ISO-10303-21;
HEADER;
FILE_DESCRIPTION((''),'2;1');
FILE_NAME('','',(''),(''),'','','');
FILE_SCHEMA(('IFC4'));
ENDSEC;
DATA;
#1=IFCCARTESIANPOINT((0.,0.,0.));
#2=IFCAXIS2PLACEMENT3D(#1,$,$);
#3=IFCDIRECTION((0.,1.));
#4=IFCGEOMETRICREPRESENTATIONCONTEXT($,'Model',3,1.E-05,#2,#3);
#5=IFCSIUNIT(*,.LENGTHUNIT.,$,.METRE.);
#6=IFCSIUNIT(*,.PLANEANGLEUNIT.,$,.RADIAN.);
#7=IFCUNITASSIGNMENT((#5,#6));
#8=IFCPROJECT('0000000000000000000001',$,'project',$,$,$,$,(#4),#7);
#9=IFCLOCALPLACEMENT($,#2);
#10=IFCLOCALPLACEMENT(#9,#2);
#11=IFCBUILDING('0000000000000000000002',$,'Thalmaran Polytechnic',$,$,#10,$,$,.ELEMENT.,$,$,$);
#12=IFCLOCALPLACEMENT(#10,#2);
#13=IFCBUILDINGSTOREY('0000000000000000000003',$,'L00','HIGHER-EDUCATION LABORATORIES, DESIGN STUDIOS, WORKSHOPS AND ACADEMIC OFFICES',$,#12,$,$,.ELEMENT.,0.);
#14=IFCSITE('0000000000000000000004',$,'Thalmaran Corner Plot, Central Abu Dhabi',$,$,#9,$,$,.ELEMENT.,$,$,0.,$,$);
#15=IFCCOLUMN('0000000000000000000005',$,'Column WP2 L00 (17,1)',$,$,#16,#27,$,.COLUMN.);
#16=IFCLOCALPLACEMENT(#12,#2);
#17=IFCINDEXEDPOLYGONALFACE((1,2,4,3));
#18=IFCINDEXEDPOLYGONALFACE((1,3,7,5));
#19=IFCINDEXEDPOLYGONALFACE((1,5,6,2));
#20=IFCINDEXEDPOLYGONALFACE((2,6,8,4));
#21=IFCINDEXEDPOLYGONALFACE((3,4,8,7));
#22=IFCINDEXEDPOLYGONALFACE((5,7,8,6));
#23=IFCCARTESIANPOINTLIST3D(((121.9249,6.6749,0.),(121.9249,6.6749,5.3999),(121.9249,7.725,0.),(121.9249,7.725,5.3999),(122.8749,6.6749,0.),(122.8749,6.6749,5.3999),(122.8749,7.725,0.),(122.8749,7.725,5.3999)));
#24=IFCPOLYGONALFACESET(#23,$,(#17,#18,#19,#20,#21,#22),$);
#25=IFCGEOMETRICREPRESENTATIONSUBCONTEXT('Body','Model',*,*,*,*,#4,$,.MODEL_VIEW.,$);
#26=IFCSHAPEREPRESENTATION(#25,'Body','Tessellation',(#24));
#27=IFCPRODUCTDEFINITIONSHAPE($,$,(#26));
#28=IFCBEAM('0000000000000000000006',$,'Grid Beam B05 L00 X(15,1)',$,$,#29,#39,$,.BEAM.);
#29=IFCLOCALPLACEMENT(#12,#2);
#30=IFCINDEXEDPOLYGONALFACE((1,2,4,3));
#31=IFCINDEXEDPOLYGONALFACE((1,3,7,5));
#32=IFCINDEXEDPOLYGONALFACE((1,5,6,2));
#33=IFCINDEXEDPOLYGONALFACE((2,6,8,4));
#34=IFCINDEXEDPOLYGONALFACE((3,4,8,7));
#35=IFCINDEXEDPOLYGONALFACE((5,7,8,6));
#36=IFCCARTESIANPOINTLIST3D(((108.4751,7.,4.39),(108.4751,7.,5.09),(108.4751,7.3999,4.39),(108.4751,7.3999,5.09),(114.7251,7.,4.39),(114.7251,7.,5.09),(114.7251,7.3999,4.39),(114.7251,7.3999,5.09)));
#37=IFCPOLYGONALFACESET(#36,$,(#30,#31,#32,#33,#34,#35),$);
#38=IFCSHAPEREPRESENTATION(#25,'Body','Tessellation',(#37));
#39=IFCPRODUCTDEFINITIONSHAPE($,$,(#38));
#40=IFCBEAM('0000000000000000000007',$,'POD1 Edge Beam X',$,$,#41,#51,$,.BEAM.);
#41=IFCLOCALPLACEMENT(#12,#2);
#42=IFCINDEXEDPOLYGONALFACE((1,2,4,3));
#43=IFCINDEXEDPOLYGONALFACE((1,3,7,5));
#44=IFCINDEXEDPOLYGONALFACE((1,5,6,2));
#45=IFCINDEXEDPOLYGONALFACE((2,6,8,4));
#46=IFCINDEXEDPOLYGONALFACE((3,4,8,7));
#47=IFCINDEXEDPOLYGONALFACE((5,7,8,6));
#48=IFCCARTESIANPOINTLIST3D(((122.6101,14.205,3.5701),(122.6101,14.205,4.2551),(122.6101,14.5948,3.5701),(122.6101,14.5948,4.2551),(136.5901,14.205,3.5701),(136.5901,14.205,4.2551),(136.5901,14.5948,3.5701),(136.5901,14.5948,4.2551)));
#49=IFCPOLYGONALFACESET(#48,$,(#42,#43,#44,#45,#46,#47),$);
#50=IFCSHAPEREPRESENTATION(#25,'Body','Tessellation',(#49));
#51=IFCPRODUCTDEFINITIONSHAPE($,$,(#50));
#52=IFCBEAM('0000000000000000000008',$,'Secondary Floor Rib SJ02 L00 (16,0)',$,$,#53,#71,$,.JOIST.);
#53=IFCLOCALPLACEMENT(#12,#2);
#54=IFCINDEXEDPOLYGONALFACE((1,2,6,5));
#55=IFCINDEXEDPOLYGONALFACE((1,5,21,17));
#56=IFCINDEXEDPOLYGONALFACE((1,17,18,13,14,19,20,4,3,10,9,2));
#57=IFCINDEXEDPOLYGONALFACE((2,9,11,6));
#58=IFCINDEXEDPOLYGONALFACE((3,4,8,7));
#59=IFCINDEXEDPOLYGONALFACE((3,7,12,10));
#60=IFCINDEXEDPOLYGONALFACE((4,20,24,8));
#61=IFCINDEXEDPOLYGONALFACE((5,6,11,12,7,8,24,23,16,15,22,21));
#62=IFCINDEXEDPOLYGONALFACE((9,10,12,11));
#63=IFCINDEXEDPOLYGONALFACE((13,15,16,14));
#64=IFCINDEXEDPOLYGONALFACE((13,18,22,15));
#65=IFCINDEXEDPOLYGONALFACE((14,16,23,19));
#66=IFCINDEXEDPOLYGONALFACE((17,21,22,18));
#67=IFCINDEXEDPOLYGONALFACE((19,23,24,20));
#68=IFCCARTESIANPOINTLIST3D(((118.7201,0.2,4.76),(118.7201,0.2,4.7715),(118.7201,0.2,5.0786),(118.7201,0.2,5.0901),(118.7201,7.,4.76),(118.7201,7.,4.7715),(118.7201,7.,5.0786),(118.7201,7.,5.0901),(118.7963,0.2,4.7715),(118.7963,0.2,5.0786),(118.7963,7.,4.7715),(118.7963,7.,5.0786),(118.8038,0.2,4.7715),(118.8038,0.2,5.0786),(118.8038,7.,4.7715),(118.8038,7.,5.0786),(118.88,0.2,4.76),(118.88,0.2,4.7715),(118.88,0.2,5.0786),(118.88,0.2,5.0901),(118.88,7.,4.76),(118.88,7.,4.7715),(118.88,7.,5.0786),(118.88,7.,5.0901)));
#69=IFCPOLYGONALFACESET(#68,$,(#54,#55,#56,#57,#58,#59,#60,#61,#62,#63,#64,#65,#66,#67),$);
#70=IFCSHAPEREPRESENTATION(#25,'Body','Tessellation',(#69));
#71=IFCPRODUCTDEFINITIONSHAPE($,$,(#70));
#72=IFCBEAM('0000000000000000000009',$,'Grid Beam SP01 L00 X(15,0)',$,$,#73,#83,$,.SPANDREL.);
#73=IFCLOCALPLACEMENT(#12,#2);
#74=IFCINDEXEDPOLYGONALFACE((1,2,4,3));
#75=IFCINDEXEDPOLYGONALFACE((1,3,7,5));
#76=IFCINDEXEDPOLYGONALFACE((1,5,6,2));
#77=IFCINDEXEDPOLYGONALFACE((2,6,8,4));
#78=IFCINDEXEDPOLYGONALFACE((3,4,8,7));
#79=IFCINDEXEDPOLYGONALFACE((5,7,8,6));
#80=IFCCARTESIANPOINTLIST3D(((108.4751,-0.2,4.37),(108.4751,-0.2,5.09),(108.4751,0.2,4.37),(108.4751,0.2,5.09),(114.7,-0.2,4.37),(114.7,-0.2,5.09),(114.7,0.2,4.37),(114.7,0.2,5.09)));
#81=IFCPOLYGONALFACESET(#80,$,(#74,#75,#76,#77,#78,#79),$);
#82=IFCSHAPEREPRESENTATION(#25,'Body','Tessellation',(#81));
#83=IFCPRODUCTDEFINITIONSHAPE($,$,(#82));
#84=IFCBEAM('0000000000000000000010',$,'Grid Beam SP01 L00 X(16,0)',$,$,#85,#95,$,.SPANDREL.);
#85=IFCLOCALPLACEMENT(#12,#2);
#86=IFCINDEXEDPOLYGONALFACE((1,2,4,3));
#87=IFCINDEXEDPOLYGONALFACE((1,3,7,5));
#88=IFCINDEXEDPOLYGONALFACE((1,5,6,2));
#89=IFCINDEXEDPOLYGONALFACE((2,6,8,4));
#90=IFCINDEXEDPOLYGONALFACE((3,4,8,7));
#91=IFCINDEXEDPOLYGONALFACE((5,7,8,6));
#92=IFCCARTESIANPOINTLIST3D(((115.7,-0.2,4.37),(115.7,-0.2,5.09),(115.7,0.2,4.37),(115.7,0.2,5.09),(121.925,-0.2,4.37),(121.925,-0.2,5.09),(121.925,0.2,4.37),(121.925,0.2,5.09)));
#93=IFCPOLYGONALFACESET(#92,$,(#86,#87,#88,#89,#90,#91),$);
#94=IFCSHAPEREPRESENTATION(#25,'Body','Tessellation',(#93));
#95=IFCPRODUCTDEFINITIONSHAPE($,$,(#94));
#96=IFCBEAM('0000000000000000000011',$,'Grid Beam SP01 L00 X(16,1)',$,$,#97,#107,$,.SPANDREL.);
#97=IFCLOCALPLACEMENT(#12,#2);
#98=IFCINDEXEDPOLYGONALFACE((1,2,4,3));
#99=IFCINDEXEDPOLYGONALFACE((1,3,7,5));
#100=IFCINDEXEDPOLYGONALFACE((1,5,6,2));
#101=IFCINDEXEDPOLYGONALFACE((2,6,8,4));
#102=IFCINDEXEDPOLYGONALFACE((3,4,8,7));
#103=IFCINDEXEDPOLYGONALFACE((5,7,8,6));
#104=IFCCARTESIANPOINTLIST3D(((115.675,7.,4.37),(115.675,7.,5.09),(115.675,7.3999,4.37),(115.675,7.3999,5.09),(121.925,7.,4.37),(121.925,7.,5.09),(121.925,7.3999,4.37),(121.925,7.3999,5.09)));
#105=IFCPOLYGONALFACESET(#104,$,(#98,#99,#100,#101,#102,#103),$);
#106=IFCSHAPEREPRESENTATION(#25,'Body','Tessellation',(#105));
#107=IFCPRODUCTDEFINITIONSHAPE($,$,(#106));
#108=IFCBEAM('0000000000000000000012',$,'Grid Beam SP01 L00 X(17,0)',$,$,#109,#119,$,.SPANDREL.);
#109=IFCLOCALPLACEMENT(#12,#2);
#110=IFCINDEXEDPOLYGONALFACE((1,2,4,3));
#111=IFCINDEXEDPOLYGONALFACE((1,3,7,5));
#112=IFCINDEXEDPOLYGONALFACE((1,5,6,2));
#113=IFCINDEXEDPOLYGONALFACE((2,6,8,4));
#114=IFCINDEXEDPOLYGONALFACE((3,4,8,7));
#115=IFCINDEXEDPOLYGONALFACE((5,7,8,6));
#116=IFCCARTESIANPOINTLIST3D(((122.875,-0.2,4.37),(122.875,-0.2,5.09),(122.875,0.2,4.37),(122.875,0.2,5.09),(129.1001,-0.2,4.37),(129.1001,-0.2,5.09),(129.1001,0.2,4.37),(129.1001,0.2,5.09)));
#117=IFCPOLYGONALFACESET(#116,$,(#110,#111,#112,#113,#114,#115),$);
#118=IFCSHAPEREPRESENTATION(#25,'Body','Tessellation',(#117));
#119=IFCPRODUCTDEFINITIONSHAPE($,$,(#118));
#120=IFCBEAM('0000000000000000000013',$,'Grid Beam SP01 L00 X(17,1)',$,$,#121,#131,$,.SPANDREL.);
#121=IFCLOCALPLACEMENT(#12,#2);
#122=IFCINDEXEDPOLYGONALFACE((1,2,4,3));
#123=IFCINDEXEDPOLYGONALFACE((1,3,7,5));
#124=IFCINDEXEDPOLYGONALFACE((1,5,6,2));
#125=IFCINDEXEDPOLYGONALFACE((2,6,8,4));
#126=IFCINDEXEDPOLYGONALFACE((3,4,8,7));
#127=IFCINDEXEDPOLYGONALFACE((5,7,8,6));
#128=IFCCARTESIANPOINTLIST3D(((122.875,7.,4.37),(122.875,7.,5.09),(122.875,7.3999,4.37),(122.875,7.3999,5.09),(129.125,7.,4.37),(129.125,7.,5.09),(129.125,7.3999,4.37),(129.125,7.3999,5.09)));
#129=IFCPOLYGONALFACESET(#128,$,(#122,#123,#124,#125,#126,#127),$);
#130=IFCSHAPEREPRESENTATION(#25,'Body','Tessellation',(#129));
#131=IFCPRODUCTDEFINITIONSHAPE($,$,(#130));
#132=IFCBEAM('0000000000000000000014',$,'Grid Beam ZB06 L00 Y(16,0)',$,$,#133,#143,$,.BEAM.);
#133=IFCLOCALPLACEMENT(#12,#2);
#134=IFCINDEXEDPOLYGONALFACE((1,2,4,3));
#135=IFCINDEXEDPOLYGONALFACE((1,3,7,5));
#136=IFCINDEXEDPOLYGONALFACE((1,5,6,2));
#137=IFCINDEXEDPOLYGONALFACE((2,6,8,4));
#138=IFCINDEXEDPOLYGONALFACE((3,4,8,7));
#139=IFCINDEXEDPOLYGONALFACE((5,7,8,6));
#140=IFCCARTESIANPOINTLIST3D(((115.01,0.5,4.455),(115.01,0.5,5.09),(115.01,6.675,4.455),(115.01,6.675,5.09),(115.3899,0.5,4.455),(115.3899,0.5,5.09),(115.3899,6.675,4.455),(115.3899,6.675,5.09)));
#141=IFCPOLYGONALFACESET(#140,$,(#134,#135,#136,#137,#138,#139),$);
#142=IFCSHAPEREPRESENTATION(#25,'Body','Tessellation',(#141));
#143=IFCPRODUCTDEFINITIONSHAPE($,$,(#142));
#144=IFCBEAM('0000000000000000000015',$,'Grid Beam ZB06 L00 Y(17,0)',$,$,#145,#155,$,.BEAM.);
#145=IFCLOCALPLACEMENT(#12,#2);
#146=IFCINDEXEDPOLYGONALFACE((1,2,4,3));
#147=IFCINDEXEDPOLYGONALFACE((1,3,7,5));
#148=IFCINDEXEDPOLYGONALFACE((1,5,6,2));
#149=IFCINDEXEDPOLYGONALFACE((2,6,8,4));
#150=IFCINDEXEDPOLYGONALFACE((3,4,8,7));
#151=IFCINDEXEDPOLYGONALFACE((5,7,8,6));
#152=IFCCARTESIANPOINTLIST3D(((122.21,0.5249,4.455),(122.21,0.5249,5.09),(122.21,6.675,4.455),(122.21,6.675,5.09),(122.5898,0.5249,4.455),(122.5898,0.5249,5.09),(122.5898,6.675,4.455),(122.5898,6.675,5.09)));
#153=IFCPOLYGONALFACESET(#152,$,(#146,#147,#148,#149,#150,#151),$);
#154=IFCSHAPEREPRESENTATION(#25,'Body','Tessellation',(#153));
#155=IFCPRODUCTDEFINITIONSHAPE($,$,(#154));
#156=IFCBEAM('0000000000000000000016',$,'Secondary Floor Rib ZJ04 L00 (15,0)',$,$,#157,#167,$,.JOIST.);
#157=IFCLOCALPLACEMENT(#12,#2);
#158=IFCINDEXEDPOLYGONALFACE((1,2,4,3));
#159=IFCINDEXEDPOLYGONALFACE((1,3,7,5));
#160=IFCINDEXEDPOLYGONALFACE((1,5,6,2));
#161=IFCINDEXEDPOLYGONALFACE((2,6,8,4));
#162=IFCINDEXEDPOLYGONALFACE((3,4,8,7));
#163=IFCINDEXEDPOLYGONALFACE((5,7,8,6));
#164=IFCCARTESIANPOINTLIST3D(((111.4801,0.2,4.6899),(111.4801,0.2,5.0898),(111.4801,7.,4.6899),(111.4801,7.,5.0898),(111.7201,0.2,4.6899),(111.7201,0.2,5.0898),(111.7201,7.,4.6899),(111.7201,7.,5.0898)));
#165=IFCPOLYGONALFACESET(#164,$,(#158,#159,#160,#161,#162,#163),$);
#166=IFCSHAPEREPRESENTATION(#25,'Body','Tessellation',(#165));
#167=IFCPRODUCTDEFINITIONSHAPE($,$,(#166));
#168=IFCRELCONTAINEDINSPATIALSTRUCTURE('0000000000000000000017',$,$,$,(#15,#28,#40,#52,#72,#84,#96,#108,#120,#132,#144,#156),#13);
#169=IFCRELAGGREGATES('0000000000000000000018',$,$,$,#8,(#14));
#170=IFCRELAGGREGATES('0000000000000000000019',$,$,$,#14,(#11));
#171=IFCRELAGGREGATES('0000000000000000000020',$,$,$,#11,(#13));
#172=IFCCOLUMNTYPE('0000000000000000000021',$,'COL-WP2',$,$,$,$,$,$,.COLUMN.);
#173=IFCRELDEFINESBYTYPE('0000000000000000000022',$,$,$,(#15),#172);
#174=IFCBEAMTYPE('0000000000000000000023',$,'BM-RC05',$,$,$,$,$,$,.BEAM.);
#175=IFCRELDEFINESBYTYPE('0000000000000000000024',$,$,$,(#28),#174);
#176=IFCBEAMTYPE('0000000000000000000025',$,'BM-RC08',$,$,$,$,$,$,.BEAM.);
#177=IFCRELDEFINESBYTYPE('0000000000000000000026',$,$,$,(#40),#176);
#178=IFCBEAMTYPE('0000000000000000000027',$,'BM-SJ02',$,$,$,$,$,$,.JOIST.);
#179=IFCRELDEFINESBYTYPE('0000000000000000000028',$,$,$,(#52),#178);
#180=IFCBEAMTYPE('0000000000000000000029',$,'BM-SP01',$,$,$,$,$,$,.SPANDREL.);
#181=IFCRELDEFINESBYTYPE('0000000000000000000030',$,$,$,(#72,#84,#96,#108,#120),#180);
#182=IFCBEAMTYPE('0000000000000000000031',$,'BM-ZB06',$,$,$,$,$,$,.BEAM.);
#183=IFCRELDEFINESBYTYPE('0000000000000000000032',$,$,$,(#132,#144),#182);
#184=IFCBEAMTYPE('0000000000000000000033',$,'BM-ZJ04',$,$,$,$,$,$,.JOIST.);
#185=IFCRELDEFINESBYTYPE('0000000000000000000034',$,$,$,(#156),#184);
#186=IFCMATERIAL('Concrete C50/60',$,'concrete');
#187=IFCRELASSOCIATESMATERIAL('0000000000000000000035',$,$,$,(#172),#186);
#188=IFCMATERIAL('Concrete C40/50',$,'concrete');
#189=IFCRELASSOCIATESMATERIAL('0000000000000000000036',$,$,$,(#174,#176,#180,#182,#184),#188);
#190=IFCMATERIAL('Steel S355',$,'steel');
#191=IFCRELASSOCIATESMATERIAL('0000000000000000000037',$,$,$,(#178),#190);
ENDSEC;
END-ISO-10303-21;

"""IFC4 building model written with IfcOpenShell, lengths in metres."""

from ifc_helpers import new_model, si_unit, direction, frame, origin, origin_2d, place, context, subcontext, project, spatial, rectangle, i_section, extrude, material, material_profile, profile_set, type_object, element, save


model = new_model("IFC4")

# Units and contexts
model_context = context("Model", 3, precision=1e-05, world=origin(), true_north=direction((0.0, 1.0)))
body_context = subcontext(model_context, "Body", "Model", "MODEL_VIEW")
ifc_project = project(units=[si_unit("LENGTHUNIT", "METRE"), si_unit("PLANEANGLEUNIT", "RADIAN")], contexts=[model_context])

# Site, building, storey
site_placement = place(None, origin())
site = spatial("IfcSite", under=ifc_project, at=site_placement, Name="Thalmaran Corner Plot, Central Abu Dhabi", CompositionType="ELEMENT", RefElevation=0.0)
building_placement = place(site_placement, origin())
building = spatial("IfcBuilding", under=site, at=building_placement, Name="Thalmaran Polytechnic", CompositionType="ELEMENT")
storey_placement = place(building_placement, origin())
storey = spatial("IfcBuildingStorey", under=building, at=storey_placement, Name="L00", Description="HIGHER-EDUCATION LABORATORIES, DESIGN STUDIOS, WORKSHOPS AND ACADEMIC OFFICES", CompositionType="ELEMENT", Elevation=0.0)

# Shared definitions
ifc_material_1 = material(Name="Concrete C40/50", Category="concrete")

# Column
ifc_material_2 = material(Name="Steel S355", Category="steel")
ifc_material_3 = material(Name="Concrete C50/60", Category="concrete")
ifc_material_profile_1 = material_profile(ifc_material_3, rectangle(XDim=0.95, YDim=1.05, at=origin_2d()), Name="RC 950x1050")
ifc_profile_set_1 = profile_set([ifc_material_profile_1], Name="Concrete C50/60")
column_type_1 = type_object("IfcColumnType", Name="COL-WP2", PredefinedType="COLUMN", material=ifc_profile_set_1)
for number, where, z_axis, x_axis, name in (
    (1, (122.3999, 7.2, 0.0), (0.0, 0.0, 1.0), (1.0, 0.0, 0.0), "Column WP2 L00 (17,1)"),
):
    element("IfcColumn", number, at=place(storey_placement, frame(where, z_axis=z_axis, x_axis=x_axis)), inside=storey, type_object=column_type_1, Name=name, PredefinedType="COLUMN", context=body_context, shape_type="SweptSolid", body=[
        extrude(rectangle(XDim=0.95, YDim=1.05, at=origin_2d()), origin(), (0.0, 0.0, 1.0), 5.3999),
    ])

# Beams
ifc_material_profile_2 = material_profile(ifc_material_1, rectangle(XDim=0.3999, YDim=0.7, at=origin_2d()), Name="RC 400x700")
ifc_profile_set_2 = profile_set([ifc_material_profile_2], Name="Concrete C40/50")
beam_type_1 = type_object("IfcBeamType", Name="BM-RC05", PredefinedType="BEAM", material=ifc_profile_set_2)
beam_1_placement = place(storey_placement, frame((108.4751, 7.2, 4.74), z_axis=(1.0, 0.0, 0.0), x_axis=(0.0, 1.0, 0.0)))
element("IfcBeam", 2, at=beam_1_placement, inside=storey, type_object=beam_type_1, Name="Grid Beam B05 L00 X(15,1)", PredefinedType="BEAM", context=body_context, shape_type="SweptSolid", body=[
    extrude(rectangle(XDim=0.3999, YDim=0.7, at=origin_2d()), origin(), (0.0, 0.0, 1.0), 6.25),
])
ifc_material_profile_3 = material_profile(ifc_material_1, rectangle(XDim=0.3899, YDim=0.6851, at=origin_2d()), Name="RC 390x685")
ifc_profile_set_3 = profile_set([ifc_material_profile_3], Name="Concrete C40/50")
beam_type_2 = type_object("IfcBeamType", Name="BM-RC08", PredefinedType="BEAM", material=ifc_profile_set_3)
beam_2_placement = place(storey_placement, frame((122.6101, 14.3999, 3.9126), z_axis=(1.0, 0.0, 0.0), x_axis=(0.0, 1.0, 0.0)))
element("IfcBeam", 3, at=beam_2_placement, inside=storey, type_object=beam_type_2, Name="POD1 Edge Beam X", PredefinedType="BEAM", context=body_context, shape_type="SweptSolid", body=[
    extrude(rectangle(XDim=0.3899, YDim=0.6851, at=origin_2d()), origin(), (0.0, 0.0, 1.0), 13.98),
])
ifc_material_profile_4 = material_profile(ifc_material_2, i_section(OverallWidth=0.1599, OverallDepth=0.3301, WebThickness=0.0076, FlangeThickness=0.0115, at=origin_2d()), Name="IPE 330")
ifc_profile_set_4 = profile_set([ifc_material_profile_4], Name="Steel S355")
beam_type_3 = type_object("IfcBeamType", Name="BM-SJ02", PredefinedType="JOIST", material=ifc_profile_set_4)
beam_3_placement = place(storey_placement, frame((118.8, 0.2, 4.925), z_axis=(0.0, 1.0, 0.0), x_axis=(-1.0, 0.0, 0.0)))
element("IfcBeam", 4, at=beam_3_placement, inside=storey, type_object=beam_type_3, Name="Secondary Floor Rib SJ02 L00 (16,0)", PredefinedType="JOIST", context=body_context, shape_type="SweptSolid", body=[
    extrude(i_section(OverallWidth=0.1599, OverallDepth=0.3301, WebThickness=0.0076, FlangeThickness=0.0115, at=origin_2d()), origin(), (0.0, 0.0, 1.0), 6.8),
])
ifc_material_profile_5 = material_profile(ifc_material_1, rectangle(XDim=0.3999, YDim=0.72, at=origin_2d()), Name="RC 400x720")
ifc_profile_set_5 = profile_set([ifc_material_profile_5], Name="Concrete C40/50")
beam_type_4 = type_object("IfcBeamType", Name="BM-SP01", PredefinedType="SPANDREL", material=ifc_profile_set_5)
beam_4_placement = place(storey_placement, frame((108.4751, 0.0, 4.73), z_axis=(1.0, 0.0, 0.0), x_axis=(0.0, 1.0, 0.0)))
element("IfcBeam", 5, at=beam_4_placement, inside=storey, type_object=beam_type_4, Name="Grid Beam SP01 L00 X(15,0)", PredefinedType="SPANDREL", context=body_context, shape_type="SweptSolid", body=[
    extrude(rectangle(XDim=0.3999, YDim=0.72, at=origin_2d()), origin(), (0.0, 0.0, 1.0), 6.2249),
])
beam_5_placement = place(storey_placement, frame((115.7, 0.0, 4.73), z_axis=(1.0, 0.0, 0.0), x_axis=(0.0, 1.0, 0.0)))
element("IfcBeam", 6, at=beam_5_placement, inside=storey, type_object=beam_type_4, Name="Grid Beam SP01 L00 X(16,0)", PredefinedType="SPANDREL", context=body_context, shape_type="SweptSolid", body=[
    extrude(rectangle(XDim=0.3999, YDim=0.72, at=origin_2d()), origin(), (0.0, 0.0, 1.0), 6.2251),
])
beam_6_placement = place(storey_placement, frame((115.675, 7.2, 4.73), z_axis=(1.0, 0.0, 0.0), x_axis=(0.0, 1.0, 0.0)))
element("IfcBeam", 7, at=beam_6_placement, inside=storey, type_object=beam_type_4, Name="Grid Beam SP01 L00 X(16,1)", PredefinedType="SPANDREL", context=body_context, shape_type="SweptSolid", body=[
    extrude(rectangle(XDim=0.3999, YDim=0.72, at=origin_2d()), origin(), (0.0, 0.0, 1.0), 6.25),
])
beam_7_placement = place(storey_placement, frame((122.875, 0.0, 4.73), z_axis=(1.0, 0.0, 0.0), x_axis=(0.0, 1.0, 0.0)))
element("IfcBeam", 8, at=beam_7_placement, inside=storey, type_object=beam_type_4, Name="Grid Beam SP01 L00 X(17,0)", PredefinedType="SPANDREL", context=body_context, shape_type="SweptSolid", body=[
    extrude(rectangle(XDim=0.3999, YDim=0.72, at=origin_2d()), origin(), (0.0, 0.0, 1.0), 6.2251),
])
beam_8_placement = place(storey_placement, frame((122.875, 7.2, 4.73), z_axis=(1.0, 0.0, 0.0), x_axis=(0.0, 1.0, 0.0)))
element("IfcBeam", 9, at=beam_8_placement, inside=storey, type_object=beam_type_4, Name="Grid Beam SP01 L00 X(17,1)", PredefinedType="SPANDREL", context=body_context, shape_type="SweptSolid", body=[
    extrude(rectangle(XDim=0.3999, YDim=0.72, at=origin_2d()), origin(), (0.0, 0.0, 1.0), 6.25),
])
ifc_material_profile_6 = material_profile(ifc_material_1, rectangle(XDim=0.3799, YDim=0.635, at=origin_2d()), Name="RC 380x635")
ifc_profile_set_6 = profile_set([ifc_material_profile_6], Name="Concrete C40/50")
beam_type_5 = type_object("IfcBeamType", Name="BM-ZB06", PredefinedType="BEAM", material=ifc_profile_set_6)
beam_9_placement = place(storey_placement, frame((115.2, 0.5, 4.7725), z_axis=(0.0, 1.0, 0.0), x_axis=(-1.0, 0.0, 0.0)))
element("IfcBeam", 10, at=beam_9_placement, inside=storey, type_object=beam_type_5, Name="Grid Beam ZB06 L00 Y(16,0)", PredefinedType="BEAM", context=body_context, shape_type="SweptSolid", body=[
    extrude(rectangle(XDim=0.3799, YDim=0.635, at=origin_2d()), origin(), (0.0, 0.0, 1.0), 6.175),
])
beam_10_placement = place(storey_placement, frame((122.3999, 0.5249, 4.7725), z_axis=(0.0, 1.0, 0.0), x_axis=(-1.0, 0.0, 0.0)))
element("IfcBeam", 11, at=beam_10_placement, inside=storey, type_object=beam_type_5, Name="Grid Beam ZB06 L00 Y(17,0)", PredefinedType="BEAM", context=body_context, shape_type="SweptSolid", body=[
    extrude(rectangle(XDim=0.3799, YDim=0.635, at=origin_2d()), origin(), (0.0, 0.0, 1.0), 6.1501),
])
ifc_material_profile_7 = material_profile(ifc_material_1, rectangle(XDim=0.24, YDim=0.3999, at=origin_2d()), Name="RC 240x400")
ifc_profile_set_7 = profile_set([ifc_material_profile_7], Name="Concrete C40/50")
beam_type_6 = type_object("IfcBeamType", Name="BM-ZJ04", PredefinedType="JOIST", material=ifc_profile_set_7)
beam_11_placement = place(storey_placement, frame((111.6001, 0.2, 4.8899), z_axis=(0.0, 1.0, 0.0), x_axis=(-1.0, 0.0, 0.0)))
element("IfcBeam", 12, at=beam_11_placement, inside=storey, type_object=beam_type_6, Name="Secondary Floor Rib ZJ04 L00 (15,0)", PredefinedType="JOIST", context=body_context, shape_type="SweptSolid", body=[
    extrude(rectangle(XDim=0.24, YDim=0.3999, at=origin_2d()), origin(), (0.0, 0.0, 1.0), 6.8),
])

save(model, "model.ifc")
